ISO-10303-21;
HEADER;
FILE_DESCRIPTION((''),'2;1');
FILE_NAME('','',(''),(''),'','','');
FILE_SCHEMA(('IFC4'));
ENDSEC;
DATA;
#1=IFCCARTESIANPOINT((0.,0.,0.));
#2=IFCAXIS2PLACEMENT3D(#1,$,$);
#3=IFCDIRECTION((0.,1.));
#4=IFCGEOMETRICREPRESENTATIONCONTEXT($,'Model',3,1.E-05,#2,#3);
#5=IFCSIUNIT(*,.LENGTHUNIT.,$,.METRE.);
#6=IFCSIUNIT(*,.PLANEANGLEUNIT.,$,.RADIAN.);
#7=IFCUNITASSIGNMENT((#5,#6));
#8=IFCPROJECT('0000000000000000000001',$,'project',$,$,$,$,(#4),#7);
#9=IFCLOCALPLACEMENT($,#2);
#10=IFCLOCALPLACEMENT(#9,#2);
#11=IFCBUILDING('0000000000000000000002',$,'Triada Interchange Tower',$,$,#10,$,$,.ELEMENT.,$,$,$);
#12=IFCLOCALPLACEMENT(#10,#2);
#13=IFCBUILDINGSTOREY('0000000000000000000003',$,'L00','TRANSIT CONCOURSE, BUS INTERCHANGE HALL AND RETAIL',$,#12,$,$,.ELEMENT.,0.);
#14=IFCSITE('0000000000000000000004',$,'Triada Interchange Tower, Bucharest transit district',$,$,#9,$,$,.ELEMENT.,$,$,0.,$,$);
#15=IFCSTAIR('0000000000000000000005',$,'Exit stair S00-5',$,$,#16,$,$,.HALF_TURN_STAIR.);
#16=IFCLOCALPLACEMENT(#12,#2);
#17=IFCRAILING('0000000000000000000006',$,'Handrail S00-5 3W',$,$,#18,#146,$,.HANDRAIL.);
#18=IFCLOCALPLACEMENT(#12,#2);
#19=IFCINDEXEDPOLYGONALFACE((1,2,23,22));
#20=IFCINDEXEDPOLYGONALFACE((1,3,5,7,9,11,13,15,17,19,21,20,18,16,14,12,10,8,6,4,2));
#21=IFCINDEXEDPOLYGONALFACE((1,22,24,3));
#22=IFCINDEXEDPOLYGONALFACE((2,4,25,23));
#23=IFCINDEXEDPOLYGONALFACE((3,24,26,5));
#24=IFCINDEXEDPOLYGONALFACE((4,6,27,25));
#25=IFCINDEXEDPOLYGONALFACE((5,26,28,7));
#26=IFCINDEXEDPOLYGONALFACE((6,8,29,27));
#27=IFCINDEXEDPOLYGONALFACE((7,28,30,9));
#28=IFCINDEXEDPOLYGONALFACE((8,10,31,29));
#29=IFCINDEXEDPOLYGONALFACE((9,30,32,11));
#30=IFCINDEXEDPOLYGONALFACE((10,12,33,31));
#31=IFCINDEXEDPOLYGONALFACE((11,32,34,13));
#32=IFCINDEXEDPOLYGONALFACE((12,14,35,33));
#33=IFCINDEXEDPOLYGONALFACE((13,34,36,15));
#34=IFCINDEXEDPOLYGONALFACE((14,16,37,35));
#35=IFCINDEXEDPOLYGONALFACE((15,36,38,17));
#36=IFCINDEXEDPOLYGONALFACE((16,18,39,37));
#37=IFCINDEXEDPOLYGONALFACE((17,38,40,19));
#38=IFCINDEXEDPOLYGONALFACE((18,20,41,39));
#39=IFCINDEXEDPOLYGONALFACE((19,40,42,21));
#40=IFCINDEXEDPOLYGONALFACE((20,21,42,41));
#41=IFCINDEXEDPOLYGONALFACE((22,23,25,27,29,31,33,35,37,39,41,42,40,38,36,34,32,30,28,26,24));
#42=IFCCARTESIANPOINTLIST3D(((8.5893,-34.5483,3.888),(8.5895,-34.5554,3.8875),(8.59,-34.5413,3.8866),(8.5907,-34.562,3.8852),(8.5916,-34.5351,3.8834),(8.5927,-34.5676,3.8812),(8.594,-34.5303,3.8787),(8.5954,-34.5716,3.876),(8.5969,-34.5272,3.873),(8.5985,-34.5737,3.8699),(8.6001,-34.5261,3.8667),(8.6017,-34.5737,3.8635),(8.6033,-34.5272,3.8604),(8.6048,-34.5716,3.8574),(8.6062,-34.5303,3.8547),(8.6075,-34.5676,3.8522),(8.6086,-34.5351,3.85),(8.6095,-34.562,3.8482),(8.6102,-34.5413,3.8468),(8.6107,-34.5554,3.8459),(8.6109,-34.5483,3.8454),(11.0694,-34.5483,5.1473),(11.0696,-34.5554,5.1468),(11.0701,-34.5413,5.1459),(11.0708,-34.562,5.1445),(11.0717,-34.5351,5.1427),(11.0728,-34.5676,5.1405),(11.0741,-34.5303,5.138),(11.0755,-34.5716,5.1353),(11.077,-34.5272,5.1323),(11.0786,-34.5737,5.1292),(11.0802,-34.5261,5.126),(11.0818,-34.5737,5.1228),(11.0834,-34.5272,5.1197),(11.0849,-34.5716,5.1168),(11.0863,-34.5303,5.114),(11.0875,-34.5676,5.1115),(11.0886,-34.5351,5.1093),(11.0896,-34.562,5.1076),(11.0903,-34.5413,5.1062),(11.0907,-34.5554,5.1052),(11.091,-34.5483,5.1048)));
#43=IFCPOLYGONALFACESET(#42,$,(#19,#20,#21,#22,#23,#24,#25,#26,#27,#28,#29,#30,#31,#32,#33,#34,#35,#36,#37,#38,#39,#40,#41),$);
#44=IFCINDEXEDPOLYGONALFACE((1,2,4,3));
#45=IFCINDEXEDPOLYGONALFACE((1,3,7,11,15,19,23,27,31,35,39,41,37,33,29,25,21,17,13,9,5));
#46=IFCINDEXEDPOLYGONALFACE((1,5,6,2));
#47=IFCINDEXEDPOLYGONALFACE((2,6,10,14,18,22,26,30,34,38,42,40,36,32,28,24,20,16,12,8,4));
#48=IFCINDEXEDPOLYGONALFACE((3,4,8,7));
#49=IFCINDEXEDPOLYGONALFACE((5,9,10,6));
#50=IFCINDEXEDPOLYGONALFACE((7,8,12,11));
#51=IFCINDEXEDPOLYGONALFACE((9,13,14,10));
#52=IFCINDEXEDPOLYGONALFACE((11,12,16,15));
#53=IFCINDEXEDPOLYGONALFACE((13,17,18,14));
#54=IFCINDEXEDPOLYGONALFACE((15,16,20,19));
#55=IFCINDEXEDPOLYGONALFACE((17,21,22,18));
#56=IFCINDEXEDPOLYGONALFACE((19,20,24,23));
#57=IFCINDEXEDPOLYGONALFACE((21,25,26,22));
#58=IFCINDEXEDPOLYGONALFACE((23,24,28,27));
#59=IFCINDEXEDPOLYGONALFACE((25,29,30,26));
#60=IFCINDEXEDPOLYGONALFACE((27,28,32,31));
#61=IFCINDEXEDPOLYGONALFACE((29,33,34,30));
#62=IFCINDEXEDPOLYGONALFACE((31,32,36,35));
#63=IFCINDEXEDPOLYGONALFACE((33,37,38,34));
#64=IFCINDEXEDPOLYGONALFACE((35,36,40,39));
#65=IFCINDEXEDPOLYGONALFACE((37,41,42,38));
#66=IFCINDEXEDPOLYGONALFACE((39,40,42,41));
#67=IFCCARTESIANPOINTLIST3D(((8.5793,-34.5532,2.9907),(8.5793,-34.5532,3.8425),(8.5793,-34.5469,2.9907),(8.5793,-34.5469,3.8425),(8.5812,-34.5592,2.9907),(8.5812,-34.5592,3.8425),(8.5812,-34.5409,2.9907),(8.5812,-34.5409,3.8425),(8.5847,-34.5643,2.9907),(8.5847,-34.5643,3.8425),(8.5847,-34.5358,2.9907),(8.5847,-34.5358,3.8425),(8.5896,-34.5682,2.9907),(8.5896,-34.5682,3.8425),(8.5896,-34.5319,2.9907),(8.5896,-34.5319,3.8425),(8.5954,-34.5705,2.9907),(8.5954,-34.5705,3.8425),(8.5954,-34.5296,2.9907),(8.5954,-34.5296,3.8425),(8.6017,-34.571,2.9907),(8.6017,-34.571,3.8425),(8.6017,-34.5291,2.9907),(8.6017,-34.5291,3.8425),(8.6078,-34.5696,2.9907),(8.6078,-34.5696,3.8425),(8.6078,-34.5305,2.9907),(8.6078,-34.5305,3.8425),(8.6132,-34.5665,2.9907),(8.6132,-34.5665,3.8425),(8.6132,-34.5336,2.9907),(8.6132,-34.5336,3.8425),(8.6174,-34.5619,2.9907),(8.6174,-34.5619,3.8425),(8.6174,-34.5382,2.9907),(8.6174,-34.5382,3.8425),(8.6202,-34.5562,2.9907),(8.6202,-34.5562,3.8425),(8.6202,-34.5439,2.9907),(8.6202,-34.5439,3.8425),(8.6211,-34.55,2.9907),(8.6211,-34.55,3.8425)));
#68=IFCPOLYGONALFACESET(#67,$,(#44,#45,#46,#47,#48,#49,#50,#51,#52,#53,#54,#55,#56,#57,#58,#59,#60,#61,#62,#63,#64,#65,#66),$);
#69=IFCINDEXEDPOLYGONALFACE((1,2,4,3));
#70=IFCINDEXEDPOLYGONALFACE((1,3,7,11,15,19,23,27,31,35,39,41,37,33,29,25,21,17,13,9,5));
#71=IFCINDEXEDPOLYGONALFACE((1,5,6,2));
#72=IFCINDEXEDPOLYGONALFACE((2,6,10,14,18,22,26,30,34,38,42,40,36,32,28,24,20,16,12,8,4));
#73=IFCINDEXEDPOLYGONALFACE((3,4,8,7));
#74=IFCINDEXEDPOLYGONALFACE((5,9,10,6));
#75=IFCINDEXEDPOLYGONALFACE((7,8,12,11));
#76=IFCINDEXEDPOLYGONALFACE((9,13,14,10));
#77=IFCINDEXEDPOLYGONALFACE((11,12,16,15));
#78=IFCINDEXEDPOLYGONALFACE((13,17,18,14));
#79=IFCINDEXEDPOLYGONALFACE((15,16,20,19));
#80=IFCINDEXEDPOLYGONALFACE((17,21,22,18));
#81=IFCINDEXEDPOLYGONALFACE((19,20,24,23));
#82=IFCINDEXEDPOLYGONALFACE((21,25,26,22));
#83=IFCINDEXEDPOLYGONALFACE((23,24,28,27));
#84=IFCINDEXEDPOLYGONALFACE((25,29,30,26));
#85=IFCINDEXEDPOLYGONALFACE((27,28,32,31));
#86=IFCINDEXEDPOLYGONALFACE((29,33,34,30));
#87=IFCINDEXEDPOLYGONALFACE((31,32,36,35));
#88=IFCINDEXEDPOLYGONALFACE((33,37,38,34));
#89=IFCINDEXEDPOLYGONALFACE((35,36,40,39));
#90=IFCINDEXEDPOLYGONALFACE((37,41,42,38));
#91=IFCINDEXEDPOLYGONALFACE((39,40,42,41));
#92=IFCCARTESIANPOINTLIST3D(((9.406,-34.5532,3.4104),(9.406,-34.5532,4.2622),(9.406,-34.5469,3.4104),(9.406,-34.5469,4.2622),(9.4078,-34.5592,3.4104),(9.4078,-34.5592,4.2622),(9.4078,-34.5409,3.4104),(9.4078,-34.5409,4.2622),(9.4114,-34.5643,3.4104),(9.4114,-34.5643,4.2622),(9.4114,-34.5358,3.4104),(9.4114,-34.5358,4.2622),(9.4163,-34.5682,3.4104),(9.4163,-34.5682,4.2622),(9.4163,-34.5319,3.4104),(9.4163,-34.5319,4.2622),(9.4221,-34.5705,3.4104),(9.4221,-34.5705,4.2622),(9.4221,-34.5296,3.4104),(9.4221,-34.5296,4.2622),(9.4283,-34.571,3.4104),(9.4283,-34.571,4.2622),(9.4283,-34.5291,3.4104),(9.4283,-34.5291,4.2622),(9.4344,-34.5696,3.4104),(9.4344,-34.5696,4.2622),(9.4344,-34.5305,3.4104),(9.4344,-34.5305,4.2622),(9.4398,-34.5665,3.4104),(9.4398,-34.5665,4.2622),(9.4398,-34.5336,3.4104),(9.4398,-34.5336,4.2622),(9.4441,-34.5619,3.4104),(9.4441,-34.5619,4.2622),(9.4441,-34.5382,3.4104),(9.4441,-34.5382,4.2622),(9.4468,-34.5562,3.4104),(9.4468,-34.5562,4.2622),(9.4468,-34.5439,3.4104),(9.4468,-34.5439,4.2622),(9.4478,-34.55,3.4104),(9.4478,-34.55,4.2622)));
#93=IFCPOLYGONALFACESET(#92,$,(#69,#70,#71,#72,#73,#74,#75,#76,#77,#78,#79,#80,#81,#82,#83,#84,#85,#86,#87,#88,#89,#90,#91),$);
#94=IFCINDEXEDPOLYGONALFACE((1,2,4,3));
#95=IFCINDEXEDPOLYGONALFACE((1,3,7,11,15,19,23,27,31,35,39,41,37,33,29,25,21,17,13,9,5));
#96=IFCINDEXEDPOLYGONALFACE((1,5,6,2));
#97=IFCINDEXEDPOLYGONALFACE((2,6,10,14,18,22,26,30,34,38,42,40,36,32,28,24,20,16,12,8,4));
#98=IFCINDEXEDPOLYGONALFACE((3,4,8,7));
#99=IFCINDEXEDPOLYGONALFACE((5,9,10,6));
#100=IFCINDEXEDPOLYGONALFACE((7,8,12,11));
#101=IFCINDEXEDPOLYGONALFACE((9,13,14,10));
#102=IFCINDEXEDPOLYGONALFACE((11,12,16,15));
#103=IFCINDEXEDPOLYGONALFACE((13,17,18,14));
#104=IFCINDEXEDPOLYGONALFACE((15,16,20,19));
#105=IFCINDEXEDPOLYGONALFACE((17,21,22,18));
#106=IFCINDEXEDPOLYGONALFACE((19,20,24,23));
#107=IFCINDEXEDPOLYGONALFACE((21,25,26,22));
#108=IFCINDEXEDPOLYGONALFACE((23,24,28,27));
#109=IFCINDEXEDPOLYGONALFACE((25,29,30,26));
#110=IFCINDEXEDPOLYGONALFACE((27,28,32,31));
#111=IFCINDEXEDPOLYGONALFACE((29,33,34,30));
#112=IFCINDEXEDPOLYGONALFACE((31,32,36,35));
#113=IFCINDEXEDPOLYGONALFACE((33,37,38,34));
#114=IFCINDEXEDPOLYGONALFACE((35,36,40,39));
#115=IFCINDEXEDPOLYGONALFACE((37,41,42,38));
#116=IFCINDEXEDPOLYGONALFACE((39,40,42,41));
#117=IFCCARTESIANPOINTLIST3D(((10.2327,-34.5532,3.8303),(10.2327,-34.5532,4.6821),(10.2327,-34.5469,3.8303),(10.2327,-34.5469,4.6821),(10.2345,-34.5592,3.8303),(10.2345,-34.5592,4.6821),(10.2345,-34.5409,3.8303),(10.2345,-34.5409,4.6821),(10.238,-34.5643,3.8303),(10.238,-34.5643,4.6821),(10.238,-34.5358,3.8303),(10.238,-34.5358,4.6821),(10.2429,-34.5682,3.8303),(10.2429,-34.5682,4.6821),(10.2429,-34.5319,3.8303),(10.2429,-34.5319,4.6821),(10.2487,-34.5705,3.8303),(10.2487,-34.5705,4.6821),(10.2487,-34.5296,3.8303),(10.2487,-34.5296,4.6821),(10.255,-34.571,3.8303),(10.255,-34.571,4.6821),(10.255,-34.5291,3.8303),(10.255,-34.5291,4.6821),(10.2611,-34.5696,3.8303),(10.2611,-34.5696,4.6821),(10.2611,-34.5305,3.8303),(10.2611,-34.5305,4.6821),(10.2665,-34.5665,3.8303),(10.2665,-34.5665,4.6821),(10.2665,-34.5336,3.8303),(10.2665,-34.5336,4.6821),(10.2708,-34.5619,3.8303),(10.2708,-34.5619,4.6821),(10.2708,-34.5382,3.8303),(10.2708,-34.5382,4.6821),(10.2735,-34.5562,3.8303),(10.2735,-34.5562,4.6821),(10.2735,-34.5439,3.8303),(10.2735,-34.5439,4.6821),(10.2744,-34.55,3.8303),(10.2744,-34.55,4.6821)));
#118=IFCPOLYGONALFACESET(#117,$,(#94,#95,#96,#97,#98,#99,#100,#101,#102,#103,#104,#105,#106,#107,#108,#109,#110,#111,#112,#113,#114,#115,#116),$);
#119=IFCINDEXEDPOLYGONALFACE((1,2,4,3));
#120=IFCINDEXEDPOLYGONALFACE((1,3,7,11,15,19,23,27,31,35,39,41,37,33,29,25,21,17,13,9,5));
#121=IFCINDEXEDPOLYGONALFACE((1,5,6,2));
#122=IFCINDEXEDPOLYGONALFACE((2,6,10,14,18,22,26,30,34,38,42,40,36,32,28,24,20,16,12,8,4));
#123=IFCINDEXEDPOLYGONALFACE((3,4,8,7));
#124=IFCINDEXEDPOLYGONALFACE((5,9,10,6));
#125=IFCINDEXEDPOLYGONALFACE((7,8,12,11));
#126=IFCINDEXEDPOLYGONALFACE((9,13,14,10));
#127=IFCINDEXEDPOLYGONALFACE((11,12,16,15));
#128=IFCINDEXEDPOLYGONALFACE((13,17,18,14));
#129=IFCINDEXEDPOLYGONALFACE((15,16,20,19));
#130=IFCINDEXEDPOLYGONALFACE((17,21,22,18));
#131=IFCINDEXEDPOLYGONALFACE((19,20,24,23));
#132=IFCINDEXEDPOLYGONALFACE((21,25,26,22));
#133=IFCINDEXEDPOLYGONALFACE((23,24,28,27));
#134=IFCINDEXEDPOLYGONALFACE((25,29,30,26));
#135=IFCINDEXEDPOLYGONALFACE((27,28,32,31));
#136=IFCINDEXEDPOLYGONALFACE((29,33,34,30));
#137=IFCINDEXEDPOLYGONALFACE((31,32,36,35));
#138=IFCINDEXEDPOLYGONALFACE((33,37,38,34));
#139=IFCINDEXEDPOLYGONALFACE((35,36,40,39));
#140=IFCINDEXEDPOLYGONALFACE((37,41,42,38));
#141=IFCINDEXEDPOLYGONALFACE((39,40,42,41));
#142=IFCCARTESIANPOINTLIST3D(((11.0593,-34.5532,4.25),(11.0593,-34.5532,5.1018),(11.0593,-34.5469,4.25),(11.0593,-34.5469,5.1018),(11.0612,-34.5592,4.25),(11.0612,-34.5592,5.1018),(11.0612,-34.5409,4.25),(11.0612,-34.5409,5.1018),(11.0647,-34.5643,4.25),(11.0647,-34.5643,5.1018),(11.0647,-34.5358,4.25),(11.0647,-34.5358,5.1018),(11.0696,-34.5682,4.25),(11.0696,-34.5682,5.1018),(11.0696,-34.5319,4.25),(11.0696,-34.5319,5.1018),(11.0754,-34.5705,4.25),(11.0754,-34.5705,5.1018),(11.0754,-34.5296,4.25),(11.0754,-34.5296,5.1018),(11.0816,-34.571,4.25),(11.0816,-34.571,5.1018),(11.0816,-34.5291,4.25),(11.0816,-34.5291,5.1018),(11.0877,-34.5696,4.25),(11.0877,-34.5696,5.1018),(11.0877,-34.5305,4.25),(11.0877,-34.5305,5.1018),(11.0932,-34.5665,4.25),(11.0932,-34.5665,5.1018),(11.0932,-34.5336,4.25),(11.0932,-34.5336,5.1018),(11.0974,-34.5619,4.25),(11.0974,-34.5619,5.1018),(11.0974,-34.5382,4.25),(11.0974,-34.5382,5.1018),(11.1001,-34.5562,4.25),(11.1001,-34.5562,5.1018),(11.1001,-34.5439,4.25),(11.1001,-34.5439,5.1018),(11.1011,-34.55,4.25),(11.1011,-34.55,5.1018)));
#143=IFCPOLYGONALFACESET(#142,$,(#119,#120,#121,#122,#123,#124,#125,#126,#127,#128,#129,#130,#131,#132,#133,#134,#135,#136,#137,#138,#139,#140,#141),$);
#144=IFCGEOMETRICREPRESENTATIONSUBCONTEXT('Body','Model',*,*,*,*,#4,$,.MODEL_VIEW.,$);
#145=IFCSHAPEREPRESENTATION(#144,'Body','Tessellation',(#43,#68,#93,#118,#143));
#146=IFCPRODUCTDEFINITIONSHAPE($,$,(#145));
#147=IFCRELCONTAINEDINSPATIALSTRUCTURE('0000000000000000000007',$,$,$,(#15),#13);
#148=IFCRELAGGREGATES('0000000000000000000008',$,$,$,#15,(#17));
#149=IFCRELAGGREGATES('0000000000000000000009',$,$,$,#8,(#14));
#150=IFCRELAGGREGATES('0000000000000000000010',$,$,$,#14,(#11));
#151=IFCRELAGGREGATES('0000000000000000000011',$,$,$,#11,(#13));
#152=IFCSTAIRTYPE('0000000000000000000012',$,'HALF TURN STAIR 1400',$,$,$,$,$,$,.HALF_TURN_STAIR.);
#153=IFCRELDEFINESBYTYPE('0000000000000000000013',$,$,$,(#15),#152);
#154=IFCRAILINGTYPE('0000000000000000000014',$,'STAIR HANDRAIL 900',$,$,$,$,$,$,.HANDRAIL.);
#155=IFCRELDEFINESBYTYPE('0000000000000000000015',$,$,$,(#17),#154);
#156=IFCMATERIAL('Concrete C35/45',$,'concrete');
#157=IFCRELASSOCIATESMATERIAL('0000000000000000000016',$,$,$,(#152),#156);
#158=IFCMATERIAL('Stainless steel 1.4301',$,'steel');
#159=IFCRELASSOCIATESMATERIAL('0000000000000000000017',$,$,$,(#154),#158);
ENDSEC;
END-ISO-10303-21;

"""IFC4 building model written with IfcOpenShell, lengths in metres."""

from ifc_helpers import new_model, si_unit, direction, frame, origin, origin_2d, place, context, subcontext, project, spatial, circle, extrude, material, type_object, element, aggregate, save


model = new_model("IFC4")

# Units and contexts
model_context = context("Model", 3, precision=1e-05, world=origin(), true_north=direction((0.0, 1.0)))
body_context = subcontext(model_context, "Body", "Model", "MODEL_VIEW")
ifc_project = project(units=[si_unit("LENGTHUNIT", "METRE"), si_unit("PLANEANGLEUNIT", "RADIAN")], contexts=[model_context])

# Site, building, storey
site_placement = place(None, origin())
site = spatial("IfcSite", under=ifc_project, at=site_placement, Name="Triada Interchange Tower, Bucharest transit district", CompositionType="ELEMENT", RefElevation=0.0)
building_placement = place(site_placement, origin())
building = spatial("IfcBuilding", under=site, at=building_placement, Name="Triada Interchange Tower", CompositionType="ELEMENT")
storey_placement = place(building_placement, origin())
storey = spatial("IfcBuildingStorey", under=building, at=storey_placement, Name="L00", Description="TRANSIT CONCOURSE, BUS INTERCHANGE HALL AND RETAIL", CompositionType="ELEMENT", Elevation=0.0)

# Shared definitions
ifc_material_1 = material(Name="Concrete C35/45", Category="concrete")

# Stair, railing
stair_type = type_object("IfcStairType", Name="HALF TURN STAIR 1400", PredefinedType="HALF_TURN_STAIR", material=ifc_material_1)
stair_1_placement = place(storey_placement, origin())
stair_1 = element("IfcStair", 1, at=stair_1_placement, inside=storey, type_object=stair_type, Name="Exit stair S00-5", PredefinedType="HALF_TURN_STAIR")
ifc_material_2 = material(Name="Stainless steel 1.4301", Category="steel")
railing_type_1 = type_object("IfcRailingType", Name="STAIR HANDRAIL 900", PredefinedType="HANDRAIL", material=ifc_material_2)
railing_1_placement = place(storey_placement, frame((8.6001, -34.55, 2.9907)))
railing_1 = element("IfcRailing", 2, at=railing_1_placement, type_object=railing_type_1, Name="Handrail S00-5 3W", PredefinedType="HANDRAIL", context=body_context, shape_type="SweptSolid", body=[
    extrude(circle(Radius=0.0239, at=origin_2d()), frame((0.0, 0.0, 0.876), z_axis=(0.891636, 0.0, 0.452752), x_axis=(0.0, 1.0, 0.0)), (0.0, 0.0, 1.0), 2.7815),
    extrude(circle(Radius=0.021, at=origin_2d()), origin(), (0.0, 0.0, 1.0), 0.8518),
    extrude(circle(Radius=0.021, at=origin_2d()), frame((0.8267, 0.0, 0.4197)), (0.0, 0.0, 1.0), 0.8518),
    extrude(circle(Radius=0.021, at=origin_2d()), frame((1.6533, 0.0, 0.8396)), (0.0, 0.0, 1.0), 0.8518),
    extrude(circle(Radius=0.021, at=origin_2d()), frame((2.48, 0.0, 1.2593)), (0.0, 0.0, 1.0), 0.8518),
])
aggregate(stair_1, [railing_1])

save(model, "model.ifc")
